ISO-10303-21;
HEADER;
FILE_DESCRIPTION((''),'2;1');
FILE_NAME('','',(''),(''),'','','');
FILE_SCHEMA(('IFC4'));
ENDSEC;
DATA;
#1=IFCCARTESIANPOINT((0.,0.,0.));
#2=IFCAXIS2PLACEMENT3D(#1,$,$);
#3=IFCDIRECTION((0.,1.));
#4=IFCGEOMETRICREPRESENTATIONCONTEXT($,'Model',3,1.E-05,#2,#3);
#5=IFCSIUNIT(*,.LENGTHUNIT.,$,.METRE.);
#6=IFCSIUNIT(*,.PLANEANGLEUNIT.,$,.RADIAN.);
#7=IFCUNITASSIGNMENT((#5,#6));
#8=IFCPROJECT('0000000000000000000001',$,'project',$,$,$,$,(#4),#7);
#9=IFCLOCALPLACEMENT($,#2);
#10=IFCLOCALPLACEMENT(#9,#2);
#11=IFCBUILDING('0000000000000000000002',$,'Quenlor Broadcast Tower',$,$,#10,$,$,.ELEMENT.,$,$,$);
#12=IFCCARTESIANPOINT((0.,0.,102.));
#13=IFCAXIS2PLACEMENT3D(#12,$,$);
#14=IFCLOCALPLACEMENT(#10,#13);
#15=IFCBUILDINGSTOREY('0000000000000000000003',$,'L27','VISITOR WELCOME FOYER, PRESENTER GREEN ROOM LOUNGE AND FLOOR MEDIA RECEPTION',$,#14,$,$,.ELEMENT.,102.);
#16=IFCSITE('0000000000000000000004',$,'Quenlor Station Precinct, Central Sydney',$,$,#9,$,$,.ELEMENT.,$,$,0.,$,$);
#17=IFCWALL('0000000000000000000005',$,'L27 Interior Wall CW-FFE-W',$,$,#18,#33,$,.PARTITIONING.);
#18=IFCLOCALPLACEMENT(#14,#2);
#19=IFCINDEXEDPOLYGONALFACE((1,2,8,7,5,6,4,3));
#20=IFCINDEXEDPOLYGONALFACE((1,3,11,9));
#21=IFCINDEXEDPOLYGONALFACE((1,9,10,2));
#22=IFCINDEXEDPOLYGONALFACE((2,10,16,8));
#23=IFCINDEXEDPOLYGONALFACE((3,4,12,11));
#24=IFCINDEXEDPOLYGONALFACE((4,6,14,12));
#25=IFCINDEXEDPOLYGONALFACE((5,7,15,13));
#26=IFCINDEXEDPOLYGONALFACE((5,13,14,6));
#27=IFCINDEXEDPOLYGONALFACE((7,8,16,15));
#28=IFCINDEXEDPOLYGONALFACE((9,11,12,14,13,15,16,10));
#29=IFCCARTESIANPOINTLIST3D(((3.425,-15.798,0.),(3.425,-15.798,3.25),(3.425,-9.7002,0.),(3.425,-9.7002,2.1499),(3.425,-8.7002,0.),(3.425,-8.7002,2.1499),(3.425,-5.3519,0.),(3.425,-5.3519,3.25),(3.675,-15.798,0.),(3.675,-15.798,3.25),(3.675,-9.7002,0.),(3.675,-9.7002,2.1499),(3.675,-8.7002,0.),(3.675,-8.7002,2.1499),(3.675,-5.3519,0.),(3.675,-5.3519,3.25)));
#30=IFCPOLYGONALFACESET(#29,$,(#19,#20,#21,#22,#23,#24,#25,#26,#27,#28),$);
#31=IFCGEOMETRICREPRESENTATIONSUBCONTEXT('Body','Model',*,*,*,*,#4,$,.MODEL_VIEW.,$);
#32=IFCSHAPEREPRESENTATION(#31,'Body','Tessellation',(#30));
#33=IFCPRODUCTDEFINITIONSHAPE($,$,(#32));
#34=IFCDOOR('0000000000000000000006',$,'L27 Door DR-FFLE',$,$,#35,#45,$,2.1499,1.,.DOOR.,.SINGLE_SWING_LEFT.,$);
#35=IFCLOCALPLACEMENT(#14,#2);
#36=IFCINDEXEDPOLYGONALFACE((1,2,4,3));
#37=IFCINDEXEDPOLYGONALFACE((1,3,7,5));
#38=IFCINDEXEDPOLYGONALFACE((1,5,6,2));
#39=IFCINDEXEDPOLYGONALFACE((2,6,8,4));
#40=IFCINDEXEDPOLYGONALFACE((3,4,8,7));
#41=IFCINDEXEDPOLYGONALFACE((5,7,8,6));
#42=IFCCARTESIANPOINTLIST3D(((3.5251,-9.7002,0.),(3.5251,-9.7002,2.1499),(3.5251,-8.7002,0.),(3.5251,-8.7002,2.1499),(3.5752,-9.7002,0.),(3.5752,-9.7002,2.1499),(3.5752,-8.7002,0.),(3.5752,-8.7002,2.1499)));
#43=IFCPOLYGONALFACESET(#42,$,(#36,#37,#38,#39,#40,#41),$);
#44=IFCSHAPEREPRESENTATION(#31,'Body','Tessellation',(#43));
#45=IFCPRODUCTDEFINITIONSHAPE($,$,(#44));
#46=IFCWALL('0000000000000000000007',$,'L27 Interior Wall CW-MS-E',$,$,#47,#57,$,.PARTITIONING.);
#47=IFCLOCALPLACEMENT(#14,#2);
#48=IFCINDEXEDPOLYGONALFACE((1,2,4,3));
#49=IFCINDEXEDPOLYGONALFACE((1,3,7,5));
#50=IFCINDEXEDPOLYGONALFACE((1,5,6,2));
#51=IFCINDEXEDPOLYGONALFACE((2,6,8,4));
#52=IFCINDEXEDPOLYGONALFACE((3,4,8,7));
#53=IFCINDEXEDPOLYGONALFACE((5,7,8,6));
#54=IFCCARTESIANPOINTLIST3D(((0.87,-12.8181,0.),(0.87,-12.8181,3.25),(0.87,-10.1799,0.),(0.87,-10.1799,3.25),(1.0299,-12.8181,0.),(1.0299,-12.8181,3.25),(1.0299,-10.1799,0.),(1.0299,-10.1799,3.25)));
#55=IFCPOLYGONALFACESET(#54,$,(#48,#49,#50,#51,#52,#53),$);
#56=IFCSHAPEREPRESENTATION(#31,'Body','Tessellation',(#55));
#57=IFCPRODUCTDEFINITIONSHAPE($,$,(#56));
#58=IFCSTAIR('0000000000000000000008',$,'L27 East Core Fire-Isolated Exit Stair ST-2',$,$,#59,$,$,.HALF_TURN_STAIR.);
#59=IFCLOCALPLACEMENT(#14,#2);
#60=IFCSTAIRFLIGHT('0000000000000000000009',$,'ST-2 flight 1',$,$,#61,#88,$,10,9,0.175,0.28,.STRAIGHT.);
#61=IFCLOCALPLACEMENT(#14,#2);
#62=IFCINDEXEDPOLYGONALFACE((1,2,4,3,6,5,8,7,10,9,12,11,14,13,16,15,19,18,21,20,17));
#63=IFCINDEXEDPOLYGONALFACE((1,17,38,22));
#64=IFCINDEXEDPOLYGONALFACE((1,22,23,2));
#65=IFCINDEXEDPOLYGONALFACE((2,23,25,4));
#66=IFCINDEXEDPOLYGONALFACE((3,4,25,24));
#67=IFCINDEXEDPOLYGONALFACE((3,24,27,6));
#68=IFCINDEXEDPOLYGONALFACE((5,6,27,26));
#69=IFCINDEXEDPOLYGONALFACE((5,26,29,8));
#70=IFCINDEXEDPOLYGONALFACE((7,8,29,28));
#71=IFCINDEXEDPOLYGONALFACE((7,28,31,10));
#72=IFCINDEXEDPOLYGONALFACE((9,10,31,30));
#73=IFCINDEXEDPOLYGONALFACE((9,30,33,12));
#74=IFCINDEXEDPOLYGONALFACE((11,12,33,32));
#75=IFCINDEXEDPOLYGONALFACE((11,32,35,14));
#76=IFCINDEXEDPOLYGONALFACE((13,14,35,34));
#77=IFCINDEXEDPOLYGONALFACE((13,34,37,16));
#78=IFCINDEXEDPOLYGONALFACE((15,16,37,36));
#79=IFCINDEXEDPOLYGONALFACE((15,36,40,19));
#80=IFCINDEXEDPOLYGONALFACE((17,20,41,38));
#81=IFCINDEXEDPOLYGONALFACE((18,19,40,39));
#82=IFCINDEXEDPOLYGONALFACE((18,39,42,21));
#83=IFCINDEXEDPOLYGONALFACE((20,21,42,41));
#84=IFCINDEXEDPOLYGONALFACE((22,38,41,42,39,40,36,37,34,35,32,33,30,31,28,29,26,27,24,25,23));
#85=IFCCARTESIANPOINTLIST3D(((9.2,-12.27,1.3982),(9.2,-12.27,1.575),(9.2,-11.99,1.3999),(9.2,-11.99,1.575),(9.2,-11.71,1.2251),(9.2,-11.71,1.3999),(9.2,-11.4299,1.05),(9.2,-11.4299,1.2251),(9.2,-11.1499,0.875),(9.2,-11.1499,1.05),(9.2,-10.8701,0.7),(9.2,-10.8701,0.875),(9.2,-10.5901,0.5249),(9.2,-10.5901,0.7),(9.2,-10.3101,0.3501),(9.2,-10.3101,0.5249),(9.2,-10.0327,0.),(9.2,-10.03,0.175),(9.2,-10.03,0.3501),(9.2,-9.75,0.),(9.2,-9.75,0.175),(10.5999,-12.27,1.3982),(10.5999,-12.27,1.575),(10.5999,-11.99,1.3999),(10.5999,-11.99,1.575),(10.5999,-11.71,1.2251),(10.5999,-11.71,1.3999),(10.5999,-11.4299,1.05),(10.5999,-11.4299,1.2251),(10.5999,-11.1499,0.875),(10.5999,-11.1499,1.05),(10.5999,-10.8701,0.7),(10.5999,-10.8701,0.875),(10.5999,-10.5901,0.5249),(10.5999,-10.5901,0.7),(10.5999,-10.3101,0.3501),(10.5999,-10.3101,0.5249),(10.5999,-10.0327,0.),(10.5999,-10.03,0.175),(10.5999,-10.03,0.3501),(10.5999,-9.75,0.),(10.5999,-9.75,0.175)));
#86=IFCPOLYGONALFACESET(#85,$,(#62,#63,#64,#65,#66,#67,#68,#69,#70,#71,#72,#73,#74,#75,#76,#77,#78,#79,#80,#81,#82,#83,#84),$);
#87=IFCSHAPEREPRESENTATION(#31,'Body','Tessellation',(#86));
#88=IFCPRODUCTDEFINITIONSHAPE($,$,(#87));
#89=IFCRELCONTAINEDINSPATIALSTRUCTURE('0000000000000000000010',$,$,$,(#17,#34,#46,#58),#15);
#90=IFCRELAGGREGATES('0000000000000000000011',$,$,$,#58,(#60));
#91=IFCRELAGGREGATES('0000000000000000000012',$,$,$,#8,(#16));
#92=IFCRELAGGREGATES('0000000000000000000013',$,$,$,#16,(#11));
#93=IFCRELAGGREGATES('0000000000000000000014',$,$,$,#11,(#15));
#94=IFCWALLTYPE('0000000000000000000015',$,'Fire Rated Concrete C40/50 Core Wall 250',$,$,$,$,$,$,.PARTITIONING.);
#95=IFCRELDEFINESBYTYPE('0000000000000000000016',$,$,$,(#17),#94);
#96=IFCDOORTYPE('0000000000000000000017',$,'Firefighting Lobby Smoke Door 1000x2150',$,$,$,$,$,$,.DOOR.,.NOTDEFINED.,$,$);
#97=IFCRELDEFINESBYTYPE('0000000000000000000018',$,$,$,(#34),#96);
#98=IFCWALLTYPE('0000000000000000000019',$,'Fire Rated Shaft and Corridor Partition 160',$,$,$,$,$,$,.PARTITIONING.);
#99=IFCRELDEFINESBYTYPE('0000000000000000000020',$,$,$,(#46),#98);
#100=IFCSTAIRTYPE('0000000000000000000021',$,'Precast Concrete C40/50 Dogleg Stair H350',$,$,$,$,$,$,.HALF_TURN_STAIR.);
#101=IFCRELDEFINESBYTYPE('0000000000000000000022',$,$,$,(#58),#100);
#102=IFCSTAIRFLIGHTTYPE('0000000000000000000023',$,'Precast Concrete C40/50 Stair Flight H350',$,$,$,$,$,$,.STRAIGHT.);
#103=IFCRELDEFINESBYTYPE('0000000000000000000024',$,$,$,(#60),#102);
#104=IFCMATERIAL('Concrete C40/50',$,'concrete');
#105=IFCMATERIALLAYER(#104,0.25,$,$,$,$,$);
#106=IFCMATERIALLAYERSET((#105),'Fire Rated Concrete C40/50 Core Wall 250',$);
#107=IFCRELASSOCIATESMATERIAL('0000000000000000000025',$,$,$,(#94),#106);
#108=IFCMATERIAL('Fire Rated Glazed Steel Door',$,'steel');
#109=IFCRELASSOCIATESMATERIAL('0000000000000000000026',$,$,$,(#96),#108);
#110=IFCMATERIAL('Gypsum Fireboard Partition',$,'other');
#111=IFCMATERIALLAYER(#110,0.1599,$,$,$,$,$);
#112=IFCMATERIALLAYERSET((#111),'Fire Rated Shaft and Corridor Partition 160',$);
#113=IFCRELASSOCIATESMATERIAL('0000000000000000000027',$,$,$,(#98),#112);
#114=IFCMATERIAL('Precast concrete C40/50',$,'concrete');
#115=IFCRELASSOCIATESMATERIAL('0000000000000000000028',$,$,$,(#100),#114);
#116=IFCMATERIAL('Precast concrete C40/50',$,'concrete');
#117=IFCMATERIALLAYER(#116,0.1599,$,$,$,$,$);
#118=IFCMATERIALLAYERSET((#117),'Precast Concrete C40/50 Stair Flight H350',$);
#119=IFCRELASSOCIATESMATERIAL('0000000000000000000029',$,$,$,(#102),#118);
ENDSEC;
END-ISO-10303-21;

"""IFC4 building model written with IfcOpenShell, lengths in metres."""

from ifc_helpers import new_model, si_unit, direction, frame, frame_2d, origin, place, context, subcontext, project, spatial, polyline, rectangle, outline, extrude, material, layer, layer_set, type_object, element, fill, aggregate, save


model = new_model("IFC4")

# Units and contexts
model_context = context("Model", 3, precision=1e-05, world=origin(), true_north=direction((0.0, 1.0)))
body_context = subcontext(model_context, "Body", "Model", "MODEL_VIEW")
ifc_project = project(units=[si_unit("LENGTHUNIT", "METRE"), si_unit("PLANEANGLEUNIT", "RADIAN")], contexts=[model_context])

# Site, building, storey
site_placement = place(None, origin())
site = spatial("IfcSite", under=ifc_project, at=site_placement, Name="Quenlor Station Precinct, Central Sydney", CompositionType="ELEMENT", RefElevation=0.0)
building_placement = place(site_placement, origin())
building = spatial("IfcBuilding", under=site, at=building_placement, Name="Quenlor Broadcast Tower", CompositionType="ELEMENT")
storey_placement = place(building_placement, frame((0.0, 0.0, 102.0)))
storey = spatial("IfcBuildingStorey", under=building, at=storey_placement, Name="L27", Description="VISITOR WELCOME FOYER, PRESENTER GREEN ROOM LOUNGE AND FLOOR MEDIA RECEPTION", CompositionType="ELEMENT", Elevation=102.0)

# Shared definitions
ifc_material_1 = material(Name="Concrete C40/50", Category="concrete")
ifc_layer_1 = layer(ifc_material_1, 0.25)
ifc_layer_set_1 = layer_set([ifc_layer_1], Name="Fire Rated Concrete C40/50 Core Wall 250")
wall_type_1 = type_object("IfcWallType", Name="Fire Rated Concrete C40/50 Core Wall 250", PredefinedType="PARTITIONING", material=ifc_layer_set_1)

# Wall, opening, door
wall_1_placement = place(storey_placement, frame((3.55, -15.7981, 0.0), z_axis=(0.0, 0.0, 1.0), x_axis=(0.0, 1.0, 0.0)))
wall_1 = element("IfcWall", 1, at=wall_1_placement, inside=storey, type_object=wall_type_1, Name="L27 Interior Wall CW-FFE-W", PredefinedType="PARTITIONING", context=body_context, shape_type="SweptSolid", body=[
    extrude(rectangle(XDim=10.446, YDim=0.25, at=frame_2d((5.2231, 0.0))), origin(), (0.0, 0.0, 1.0), 3.25),
])
opening_1_placement = place(wall_1_placement, frame((6.0979, 0.0, 0.0)))
opening_1 = element("IfcOpeningElement", 2, at=opening_1_placement, cuts=wall_1, PredefinedType="OPENING", context=body_context, shape_type="SweptSolid", body=[
    extrude(rectangle(XDim=1.0, YDim=2.1499, at=frame_2d((0.5, 1.075))), frame((0.0, 0.135, 0.0), z_axis=(0.0, -1.0, 0.0), x_axis=(1.0, 0.0, 0.0)), (0.0, 0.0, 1.0), 0.27),
])
ifc_material_2 = material(Name="Fire Rated Glazed Steel Door", Category="steel")
door_type_1 = type_object("IfcDoorType", Name="Firefighting Lobby Smoke Door 1000x2150", OperationType="NOTDEFINED", PredefinedType="DOOR", material=ifc_material_2)
door_1_placement = place(opening_1_placement, origin())
door_1 = element("IfcDoor", 3, at=door_1_placement, inside=storey, type_object=door_type_1, Name="L27 Door DR-FFLE", OperationType="SINGLE_SWING_LEFT", OverallHeight=2.1499, OverallWidth=1.0, PredefinedType="DOOR", context=body_context, shape_type="SweptSolid", body=[
    extrude(rectangle(XDim=1.0, YDim=2.1499, at=frame_2d((0.5, 1.075))), frame((0.0, 0.0249, 0.0), z_axis=(0.0, -1.0, 0.0), x_axis=(1.0, 0.0, 0.0)), (0.0, 0.0, 1.0), 0.05),
])
fill(opening_1, door_1)

# Wall
ifc_material_3 = material(Name="Gypsum Fireboard Partition", Category="other")
ifc_layer_2 = layer(ifc_material_3, 0.1599)
ifc_layer_set_2 = layer_set([ifc_layer_2], Name="Fire Rated Shaft and Corridor Partition 160")
wall_type_2 = type_object("IfcWallType", Name="Fire Rated Shaft and Corridor Partition 160", PredefinedType="PARTITIONING", material=ifc_layer_set_2)
wall_2_placement = place(storey_placement, frame((0.95, -12.8181, 0.0), z_axis=(0.0, 0.0, 1.0), x_axis=(0.0, 1.0, 0.0)))
element("IfcWall", 4, at=wall_2_placement, inside=storey, type_object=wall_type_2, Name="L27 Interior Wall CW-MS-E", PredefinedType="PARTITIONING", context=body_context, shape_type="SweptSolid", body=[
    extrude(rectangle(XDim=2.6382, YDim=0.1599, at=frame_2d((1.3191, 0.0))), origin(), (0.0, 0.0, 1.0), 3.25),
])

# Stair, stair flight
ifc_material_4 = material(Name="Precast concrete C40/50", Category="concrete")
stair_type = type_object("IfcStairType", Name="Precast Concrete C40/50 Dogleg Stair H350", PredefinedType="HALF_TURN_STAIR", material=ifc_material_4)
stair_placement = place(storey_placement, origin())
stair = element("IfcStair", 5, at=stair_placement, inside=storey, type_object=stair_type, Name="L27 East Core Fire-Isolated Exit Stair ST-2", PredefinedType="HALF_TURN_STAIR")
ifc_material_5 = material(Name="Precast concrete C40/50", Category="concrete")
ifc_layer_3 = layer(ifc_material_5, 0.1599)
ifc_layer_set_3 = layer_set([ifc_layer_3], Name="Precast Concrete C40/50 Stair Flight H350")
stair_flight_type = type_object("IfcStairFlightType", Name="Precast Concrete C40/50 Stair Flight H350", PredefinedType="STRAIGHT", material=ifc_layer_set_3)
stair_flight_placement = place(storey_placement, frame((9.8999, -9.75, 0.0), z_axis=(0.0, 0.0, 1.0), x_axis=(0.0, -1.0, 0.0)))
stair_flight = element("IfcStairFlight", 6, at=stair_flight_placement, type_object=stair_flight_type, Name="ST-2 flight 1", NumberOfRisers=10, NumberOfTreads=9, PredefinedType="STRAIGHT", RiserHeight=0.175, TreadLength=0.28, context=body_context, shape_type="SweptSolid", body=[
    extrude(outline(polyline([(0.0, 0.0), (0.0, 0.175), (0.28, 0.175), (0.28, 0.3501), (0.5601, 0.3501), (0.5601, 0.5249), (0.8401, 0.5249), (0.8401, 0.7), (1.1201, 0.7), (1.1201, 0.875), (1.3999, 0.875), (1.3999, 1.05), (1.6799, 1.05), (1.6799, 1.2251), (1.96, 1.2251), (1.96, 1.3999), (2.24, 1.3999), (2.24, 1.575), (2.52, 1.575), (2.52, 1.75), (2.52, 1.3982), (0.2827, 0.0), (0.0, 0.0)])), frame((0.0, 0.7, 0.0), z_axis=(0.0, -1.0, 0.0), x_axis=(1.0, 0.0, 0.0)), (0.0, 0.0, 1.0), 1.3999),
])
aggregate(stair, [stair_flight])

save(model, "model.ifc")
